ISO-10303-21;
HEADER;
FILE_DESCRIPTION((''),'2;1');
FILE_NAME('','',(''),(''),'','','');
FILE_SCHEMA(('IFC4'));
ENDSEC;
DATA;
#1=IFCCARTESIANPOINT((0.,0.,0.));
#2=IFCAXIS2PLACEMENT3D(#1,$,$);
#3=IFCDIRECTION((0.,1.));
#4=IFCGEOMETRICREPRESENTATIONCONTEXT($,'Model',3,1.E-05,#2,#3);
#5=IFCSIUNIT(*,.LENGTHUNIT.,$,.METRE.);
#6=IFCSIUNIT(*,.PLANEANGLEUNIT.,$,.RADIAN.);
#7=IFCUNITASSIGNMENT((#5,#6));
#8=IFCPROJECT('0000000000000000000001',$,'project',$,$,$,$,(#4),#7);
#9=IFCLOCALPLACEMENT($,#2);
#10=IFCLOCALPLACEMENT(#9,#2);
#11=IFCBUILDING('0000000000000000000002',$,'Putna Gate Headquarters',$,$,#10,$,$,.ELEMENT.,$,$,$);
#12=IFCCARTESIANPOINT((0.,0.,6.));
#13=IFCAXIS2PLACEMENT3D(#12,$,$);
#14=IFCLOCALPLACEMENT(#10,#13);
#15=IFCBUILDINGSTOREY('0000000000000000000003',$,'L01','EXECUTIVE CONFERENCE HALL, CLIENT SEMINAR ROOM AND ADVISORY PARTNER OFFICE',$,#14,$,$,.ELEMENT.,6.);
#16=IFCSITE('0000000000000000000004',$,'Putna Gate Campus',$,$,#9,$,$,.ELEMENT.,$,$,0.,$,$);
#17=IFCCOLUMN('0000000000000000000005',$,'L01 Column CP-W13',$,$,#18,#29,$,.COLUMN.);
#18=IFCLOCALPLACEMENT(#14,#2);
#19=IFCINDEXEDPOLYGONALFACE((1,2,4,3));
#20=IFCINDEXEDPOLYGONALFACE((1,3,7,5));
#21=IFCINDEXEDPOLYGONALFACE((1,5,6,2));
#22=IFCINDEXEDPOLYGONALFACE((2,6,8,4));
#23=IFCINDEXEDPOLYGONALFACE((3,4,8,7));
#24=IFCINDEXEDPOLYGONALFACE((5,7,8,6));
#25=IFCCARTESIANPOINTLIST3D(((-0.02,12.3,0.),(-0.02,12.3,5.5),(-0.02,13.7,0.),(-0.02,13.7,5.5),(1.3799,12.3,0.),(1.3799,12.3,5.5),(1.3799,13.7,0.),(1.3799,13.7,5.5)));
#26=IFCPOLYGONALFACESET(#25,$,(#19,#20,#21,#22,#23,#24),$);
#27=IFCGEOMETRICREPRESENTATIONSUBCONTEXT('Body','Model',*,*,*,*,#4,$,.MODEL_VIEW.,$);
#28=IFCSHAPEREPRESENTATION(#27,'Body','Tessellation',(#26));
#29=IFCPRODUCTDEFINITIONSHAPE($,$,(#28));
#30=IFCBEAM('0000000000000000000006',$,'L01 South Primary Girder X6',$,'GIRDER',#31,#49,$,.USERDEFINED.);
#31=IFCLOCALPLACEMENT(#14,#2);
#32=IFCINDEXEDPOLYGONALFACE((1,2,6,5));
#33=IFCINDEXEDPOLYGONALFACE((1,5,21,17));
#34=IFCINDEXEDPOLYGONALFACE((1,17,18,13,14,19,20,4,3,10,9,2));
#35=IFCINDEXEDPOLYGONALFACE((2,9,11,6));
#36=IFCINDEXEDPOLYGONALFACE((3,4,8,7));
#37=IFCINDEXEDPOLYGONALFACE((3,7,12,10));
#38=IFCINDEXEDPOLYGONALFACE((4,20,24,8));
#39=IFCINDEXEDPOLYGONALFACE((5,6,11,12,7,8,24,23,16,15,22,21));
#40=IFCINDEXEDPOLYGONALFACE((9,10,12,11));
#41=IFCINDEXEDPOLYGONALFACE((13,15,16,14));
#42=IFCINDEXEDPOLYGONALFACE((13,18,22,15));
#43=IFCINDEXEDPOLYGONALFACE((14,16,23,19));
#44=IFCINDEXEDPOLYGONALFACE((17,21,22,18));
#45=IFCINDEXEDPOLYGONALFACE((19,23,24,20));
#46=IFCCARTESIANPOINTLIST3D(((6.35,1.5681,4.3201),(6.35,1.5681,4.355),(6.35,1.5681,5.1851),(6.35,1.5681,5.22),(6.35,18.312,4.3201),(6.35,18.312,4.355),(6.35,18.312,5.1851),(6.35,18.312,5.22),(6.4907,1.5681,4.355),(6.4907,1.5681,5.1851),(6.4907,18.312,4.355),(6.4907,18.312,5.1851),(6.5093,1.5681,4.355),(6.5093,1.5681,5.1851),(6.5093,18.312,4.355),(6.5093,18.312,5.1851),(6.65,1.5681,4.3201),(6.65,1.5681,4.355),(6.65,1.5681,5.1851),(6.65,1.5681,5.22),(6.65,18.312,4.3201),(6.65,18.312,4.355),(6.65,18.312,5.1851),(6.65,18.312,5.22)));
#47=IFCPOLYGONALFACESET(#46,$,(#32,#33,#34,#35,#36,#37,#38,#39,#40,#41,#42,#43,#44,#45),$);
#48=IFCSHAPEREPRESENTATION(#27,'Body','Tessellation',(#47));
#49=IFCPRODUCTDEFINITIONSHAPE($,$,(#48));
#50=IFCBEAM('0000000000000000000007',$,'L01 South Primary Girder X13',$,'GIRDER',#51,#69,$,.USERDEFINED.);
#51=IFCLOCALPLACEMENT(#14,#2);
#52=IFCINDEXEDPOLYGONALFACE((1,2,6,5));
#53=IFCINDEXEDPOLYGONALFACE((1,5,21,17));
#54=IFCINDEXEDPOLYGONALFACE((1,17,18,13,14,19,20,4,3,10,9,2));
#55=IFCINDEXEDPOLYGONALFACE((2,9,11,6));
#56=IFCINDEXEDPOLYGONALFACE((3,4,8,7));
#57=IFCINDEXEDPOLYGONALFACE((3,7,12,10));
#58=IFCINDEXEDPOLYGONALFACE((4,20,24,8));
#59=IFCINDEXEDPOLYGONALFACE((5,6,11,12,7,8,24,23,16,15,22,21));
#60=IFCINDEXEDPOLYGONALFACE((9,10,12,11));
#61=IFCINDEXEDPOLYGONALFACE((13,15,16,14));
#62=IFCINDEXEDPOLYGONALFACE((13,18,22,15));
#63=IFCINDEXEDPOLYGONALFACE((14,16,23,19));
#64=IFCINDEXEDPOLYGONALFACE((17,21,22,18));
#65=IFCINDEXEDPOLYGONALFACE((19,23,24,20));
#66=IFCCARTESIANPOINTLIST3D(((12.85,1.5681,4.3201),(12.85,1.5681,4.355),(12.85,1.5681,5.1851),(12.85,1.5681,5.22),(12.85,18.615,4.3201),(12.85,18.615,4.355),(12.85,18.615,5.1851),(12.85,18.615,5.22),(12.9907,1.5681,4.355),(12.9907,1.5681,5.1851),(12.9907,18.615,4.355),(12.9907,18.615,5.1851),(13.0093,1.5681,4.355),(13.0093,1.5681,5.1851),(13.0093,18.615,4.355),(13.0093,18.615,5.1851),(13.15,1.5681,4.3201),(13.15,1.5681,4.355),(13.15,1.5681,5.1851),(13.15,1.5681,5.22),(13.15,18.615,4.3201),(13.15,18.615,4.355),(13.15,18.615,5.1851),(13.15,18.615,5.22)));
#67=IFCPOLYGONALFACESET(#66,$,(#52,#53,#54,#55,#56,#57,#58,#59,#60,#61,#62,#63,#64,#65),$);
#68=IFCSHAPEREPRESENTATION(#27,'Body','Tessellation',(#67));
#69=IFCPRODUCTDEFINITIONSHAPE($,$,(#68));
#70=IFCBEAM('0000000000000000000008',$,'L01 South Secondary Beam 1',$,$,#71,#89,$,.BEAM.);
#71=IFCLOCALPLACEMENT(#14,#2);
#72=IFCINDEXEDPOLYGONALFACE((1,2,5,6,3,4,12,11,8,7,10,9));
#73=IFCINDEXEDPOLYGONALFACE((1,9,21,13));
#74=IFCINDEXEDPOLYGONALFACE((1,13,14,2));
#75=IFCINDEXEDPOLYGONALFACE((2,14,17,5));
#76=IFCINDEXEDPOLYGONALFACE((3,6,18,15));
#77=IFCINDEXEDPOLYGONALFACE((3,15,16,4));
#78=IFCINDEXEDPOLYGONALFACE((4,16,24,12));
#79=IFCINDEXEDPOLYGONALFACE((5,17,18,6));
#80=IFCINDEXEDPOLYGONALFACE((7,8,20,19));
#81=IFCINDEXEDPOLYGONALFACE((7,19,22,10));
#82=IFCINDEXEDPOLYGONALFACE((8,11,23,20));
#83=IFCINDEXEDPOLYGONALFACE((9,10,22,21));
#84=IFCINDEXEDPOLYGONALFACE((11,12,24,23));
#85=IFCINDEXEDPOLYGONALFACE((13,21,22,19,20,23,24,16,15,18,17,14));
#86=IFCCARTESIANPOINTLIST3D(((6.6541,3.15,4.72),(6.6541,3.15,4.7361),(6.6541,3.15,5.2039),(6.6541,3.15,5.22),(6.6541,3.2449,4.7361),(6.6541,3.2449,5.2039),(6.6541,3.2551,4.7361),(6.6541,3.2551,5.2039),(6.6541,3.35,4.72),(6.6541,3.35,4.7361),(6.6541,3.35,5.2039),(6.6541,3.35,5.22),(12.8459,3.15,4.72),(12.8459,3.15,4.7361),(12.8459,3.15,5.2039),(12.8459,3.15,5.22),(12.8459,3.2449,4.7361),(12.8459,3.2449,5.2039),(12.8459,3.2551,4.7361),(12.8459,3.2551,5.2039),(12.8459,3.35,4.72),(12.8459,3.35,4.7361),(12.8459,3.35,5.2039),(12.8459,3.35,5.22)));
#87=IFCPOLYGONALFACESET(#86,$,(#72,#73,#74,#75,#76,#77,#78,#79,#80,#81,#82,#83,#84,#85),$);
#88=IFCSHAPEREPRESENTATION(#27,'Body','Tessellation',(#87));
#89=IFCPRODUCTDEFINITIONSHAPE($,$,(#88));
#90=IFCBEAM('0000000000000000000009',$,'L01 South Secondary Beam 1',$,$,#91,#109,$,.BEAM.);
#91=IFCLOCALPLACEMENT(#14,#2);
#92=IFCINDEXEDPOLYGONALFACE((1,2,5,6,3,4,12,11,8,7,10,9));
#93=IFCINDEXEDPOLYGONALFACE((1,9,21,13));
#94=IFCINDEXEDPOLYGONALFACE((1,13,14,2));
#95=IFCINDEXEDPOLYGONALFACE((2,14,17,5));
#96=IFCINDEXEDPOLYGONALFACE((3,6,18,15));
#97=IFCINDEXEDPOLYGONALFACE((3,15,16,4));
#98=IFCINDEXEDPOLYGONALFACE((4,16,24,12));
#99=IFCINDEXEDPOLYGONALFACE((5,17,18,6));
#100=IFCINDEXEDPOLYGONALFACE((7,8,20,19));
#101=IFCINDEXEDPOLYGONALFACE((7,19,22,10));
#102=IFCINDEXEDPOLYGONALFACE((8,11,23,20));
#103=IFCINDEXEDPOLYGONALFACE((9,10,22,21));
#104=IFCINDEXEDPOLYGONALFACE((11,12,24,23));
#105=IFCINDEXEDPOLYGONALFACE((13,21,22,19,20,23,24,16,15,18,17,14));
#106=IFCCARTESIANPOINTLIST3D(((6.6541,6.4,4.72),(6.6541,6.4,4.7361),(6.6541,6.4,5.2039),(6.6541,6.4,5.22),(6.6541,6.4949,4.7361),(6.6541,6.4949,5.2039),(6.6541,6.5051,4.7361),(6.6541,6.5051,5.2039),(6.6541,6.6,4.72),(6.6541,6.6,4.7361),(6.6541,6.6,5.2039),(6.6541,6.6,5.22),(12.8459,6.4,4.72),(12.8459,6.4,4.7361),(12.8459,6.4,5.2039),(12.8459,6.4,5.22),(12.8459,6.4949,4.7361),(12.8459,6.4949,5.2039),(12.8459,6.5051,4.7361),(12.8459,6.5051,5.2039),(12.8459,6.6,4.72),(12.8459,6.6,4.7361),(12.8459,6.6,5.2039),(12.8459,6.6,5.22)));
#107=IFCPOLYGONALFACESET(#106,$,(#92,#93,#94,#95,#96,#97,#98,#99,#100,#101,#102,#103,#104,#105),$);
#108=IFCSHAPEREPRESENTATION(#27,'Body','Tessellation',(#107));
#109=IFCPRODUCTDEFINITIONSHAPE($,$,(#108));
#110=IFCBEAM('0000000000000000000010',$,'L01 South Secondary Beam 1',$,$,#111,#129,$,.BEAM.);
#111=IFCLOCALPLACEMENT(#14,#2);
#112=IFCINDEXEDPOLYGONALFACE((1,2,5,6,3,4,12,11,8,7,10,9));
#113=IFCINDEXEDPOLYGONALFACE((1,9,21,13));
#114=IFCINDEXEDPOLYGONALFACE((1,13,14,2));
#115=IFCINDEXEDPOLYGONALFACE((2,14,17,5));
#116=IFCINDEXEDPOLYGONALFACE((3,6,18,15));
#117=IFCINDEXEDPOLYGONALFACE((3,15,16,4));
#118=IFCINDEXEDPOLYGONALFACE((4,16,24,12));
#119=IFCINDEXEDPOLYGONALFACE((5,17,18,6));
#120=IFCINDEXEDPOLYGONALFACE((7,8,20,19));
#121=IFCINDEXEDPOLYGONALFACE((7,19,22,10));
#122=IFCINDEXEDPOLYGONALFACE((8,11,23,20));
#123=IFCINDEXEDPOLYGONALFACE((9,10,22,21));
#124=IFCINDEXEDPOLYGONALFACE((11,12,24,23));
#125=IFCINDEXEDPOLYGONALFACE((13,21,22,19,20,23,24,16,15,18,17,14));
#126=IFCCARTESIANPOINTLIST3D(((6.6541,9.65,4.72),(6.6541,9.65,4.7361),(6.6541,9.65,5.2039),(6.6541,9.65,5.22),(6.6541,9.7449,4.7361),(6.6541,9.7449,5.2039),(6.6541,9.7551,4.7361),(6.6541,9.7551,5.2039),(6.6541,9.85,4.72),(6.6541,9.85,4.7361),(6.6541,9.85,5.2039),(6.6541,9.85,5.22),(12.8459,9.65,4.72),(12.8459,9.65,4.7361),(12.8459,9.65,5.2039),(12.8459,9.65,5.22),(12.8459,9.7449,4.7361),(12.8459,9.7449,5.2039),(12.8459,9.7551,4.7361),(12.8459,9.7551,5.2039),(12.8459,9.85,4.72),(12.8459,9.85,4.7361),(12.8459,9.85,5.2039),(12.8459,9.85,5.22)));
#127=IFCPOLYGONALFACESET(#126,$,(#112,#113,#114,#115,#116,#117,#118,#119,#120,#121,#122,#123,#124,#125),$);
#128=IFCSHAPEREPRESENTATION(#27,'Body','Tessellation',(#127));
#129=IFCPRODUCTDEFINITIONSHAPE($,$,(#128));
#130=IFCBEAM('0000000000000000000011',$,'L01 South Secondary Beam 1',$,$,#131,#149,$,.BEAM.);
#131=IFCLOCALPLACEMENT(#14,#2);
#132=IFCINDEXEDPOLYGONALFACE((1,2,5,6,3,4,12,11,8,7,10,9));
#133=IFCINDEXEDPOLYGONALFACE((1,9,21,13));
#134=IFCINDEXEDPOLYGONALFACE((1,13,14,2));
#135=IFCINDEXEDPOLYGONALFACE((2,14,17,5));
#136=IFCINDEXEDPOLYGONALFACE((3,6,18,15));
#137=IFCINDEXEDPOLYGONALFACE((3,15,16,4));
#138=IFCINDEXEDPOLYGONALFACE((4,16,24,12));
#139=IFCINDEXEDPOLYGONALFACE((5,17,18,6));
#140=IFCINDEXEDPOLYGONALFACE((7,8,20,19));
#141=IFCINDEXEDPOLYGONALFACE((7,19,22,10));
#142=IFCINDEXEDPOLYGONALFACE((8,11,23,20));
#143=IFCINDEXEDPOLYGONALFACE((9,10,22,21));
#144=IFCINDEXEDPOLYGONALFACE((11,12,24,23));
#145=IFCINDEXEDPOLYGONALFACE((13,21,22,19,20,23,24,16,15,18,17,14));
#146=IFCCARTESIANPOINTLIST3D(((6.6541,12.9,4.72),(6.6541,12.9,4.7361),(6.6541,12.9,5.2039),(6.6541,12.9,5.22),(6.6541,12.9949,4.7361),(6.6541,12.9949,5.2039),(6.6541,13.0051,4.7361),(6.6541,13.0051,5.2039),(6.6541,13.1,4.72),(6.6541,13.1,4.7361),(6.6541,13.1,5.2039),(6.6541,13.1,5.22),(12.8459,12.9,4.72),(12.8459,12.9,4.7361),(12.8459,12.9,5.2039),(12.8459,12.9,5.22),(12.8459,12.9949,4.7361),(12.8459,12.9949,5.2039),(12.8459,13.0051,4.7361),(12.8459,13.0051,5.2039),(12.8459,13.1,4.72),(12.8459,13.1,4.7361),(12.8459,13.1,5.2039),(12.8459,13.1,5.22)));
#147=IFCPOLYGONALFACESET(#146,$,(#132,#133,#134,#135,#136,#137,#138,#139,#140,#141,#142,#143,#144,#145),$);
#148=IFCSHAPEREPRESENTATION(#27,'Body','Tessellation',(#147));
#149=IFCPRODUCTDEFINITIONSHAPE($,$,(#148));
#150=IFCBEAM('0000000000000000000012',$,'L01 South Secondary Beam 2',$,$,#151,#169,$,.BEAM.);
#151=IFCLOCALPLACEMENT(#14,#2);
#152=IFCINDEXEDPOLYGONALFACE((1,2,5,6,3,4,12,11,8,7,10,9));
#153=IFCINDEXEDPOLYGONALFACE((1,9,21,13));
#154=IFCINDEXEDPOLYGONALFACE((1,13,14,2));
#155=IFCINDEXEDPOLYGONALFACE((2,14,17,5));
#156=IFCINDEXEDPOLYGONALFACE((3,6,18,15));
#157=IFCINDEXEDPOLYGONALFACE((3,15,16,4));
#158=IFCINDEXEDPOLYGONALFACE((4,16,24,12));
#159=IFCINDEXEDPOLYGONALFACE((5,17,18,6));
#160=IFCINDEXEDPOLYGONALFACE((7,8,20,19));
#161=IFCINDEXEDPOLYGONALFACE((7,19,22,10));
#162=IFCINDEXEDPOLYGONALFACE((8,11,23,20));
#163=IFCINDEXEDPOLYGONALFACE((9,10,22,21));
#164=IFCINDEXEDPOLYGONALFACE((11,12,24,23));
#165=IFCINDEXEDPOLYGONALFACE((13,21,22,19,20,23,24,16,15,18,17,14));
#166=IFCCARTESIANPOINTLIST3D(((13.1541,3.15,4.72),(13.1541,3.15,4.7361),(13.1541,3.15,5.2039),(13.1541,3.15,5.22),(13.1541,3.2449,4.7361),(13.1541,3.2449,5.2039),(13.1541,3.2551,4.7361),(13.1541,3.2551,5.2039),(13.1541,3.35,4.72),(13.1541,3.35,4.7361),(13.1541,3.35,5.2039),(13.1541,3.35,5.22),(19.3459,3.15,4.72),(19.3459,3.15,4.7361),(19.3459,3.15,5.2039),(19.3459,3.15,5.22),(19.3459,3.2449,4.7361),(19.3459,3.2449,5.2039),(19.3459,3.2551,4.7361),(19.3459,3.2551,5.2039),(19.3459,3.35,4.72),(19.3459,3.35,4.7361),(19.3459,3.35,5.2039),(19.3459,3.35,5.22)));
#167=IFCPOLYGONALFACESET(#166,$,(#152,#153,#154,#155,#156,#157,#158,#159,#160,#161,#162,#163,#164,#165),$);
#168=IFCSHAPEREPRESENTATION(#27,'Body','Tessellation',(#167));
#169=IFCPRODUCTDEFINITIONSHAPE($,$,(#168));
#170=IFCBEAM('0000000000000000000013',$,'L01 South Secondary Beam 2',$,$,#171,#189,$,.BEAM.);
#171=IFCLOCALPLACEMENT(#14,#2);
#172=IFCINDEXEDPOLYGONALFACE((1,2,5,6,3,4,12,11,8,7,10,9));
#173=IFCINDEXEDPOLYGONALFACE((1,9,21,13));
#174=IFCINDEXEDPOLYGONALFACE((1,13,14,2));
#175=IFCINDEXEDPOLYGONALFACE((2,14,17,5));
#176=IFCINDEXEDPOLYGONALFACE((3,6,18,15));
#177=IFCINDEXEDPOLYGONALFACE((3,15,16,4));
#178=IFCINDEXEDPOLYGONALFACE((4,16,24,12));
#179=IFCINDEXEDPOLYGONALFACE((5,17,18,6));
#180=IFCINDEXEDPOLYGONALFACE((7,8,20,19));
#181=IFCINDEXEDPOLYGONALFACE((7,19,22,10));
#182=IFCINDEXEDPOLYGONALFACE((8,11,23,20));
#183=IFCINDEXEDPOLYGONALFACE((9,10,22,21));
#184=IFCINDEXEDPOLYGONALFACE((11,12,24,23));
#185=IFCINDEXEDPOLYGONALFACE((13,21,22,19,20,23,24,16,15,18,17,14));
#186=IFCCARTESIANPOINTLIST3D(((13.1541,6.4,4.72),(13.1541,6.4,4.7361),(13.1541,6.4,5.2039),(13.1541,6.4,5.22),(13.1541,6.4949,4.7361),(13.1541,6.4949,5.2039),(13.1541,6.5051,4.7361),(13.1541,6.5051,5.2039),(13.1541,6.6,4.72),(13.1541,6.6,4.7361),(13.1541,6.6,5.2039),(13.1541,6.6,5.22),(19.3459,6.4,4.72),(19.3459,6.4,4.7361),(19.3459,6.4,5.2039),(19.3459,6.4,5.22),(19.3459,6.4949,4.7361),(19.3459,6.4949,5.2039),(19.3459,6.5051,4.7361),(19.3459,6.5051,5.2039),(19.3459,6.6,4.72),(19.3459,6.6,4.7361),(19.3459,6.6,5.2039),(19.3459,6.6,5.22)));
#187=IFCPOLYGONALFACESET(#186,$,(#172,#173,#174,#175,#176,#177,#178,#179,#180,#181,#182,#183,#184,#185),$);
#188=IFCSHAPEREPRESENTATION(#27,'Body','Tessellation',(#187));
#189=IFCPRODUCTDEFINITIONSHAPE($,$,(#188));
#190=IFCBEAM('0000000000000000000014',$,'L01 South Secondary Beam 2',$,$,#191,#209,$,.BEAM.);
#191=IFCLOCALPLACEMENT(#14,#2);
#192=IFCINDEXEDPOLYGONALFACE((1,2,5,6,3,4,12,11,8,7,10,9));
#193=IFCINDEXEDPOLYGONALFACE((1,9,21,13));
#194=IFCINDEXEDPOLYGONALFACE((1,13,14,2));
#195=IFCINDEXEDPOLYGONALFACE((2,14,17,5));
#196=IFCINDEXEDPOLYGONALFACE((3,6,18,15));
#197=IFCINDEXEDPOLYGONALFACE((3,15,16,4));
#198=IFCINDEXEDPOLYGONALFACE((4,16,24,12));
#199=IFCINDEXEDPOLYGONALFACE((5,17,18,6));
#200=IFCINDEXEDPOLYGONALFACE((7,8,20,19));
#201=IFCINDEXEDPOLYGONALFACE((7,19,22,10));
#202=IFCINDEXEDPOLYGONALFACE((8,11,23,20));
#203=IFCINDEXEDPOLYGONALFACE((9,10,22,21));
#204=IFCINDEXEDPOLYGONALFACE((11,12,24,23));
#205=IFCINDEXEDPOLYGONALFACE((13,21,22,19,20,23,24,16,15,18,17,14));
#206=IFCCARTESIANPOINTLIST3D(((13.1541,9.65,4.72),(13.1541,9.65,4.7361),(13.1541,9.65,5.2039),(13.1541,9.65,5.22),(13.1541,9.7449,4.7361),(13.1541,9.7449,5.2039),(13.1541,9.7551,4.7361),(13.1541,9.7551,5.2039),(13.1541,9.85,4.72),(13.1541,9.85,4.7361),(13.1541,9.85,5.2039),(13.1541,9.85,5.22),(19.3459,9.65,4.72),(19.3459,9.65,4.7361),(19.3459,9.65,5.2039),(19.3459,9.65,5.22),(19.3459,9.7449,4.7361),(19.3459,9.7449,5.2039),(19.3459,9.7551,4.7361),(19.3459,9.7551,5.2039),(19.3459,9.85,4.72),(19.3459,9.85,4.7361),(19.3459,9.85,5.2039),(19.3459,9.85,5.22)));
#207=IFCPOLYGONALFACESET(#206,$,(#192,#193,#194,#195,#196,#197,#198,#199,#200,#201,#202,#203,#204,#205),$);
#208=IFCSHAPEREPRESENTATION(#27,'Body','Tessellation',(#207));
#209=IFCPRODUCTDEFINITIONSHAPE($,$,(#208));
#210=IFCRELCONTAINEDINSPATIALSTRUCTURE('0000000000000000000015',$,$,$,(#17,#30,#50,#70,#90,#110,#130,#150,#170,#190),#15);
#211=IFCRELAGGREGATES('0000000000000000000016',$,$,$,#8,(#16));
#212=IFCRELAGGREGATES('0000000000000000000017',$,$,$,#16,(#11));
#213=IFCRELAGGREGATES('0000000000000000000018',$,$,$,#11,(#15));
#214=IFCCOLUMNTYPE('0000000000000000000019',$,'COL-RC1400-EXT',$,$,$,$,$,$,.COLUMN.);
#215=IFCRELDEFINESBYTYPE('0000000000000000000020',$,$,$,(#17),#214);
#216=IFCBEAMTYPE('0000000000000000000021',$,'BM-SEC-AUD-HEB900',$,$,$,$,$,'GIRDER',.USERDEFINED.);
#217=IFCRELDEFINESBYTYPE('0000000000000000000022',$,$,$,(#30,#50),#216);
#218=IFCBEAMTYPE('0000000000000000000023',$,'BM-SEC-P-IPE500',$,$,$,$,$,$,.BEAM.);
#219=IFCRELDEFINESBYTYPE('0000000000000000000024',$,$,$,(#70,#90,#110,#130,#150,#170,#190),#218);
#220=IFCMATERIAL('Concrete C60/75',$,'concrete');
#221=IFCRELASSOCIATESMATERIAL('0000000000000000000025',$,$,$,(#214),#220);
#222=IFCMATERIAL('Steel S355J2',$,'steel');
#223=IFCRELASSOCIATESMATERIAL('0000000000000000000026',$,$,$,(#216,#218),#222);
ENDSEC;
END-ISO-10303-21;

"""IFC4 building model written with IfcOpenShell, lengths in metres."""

from ifc_helpers import new_model, si_unit, direction, frame, origin, origin_2d, place, context, subcontext, project, spatial, rectangle, i_section, extrude, material, material_profile, profile_set, type_object, element, save


model = new_model("IFC4")

# Units and contexts
model_context = context("Model", 3, precision=1e-05, world=origin(), true_north=direction((0.0, 1.0)))
body_context = subcontext(model_context, "Body", "Model", "MODEL_VIEW")
ifc_project = project(units=[si_unit("LENGTHUNIT", "METRE"), si_unit("PLANEANGLEUNIT", "RADIAN")], contexts=[model_context])

# Site, building, storey
site_placement = place(None, origin())
site = spatial("IfcSite", under=ifc_project, at=site_placement, Name="Putna Gate Campus", CompositionType="ELEMENT", RefElevation=0.0)
building_placement = place(site_placement, origin())
building = spatial("IfcBuilding", under=site, at=building_placement, Name="Putna Gate Headquarters", CompositionType="ELEMENT")
storey_placement = place(building_placement, frame((0.0, 0.0, 6.0)))
storey = spatial("IfcBuildingStorey", under=building, at=storey_placement, Name="L01", Description="EXECUTIVE CONFERENCE HALL, CLIENT SEMINAR ROOM AND ADVISORY PARTNER OFFICE", CompositionType="ELEMENT", Elevation=6.0)

# Column
ifc_material_1 = material(Name="Concrete C60/75", Category="concrete")
ifc_material_profile_1 = material_profile(ifc_material_1, rectangle(XDim=1.3999, YDim=1.3999, at=origin_2d()), Name="Concrete C60/75")
ifc_profile_set_1 = profile_set([ifc_material_profile_1], Name="Concrete C60/75")
column_type = type_object("IfcColumnType", Name="COL-RC1400-EXT", PredefinedType="COLUMN", material=ifc_profile_set_1)
column_placement = place(storey_placement, frame((0.6799, 13.0, 0.0), z_axis=(0.0, 0.0, 1.0), x_axis=(1.0, 0.0, 0.0)))
element("IfcColumn", 1, at=column_placement, inside=storey, type_object=column_type, Name="L01 Column CP-W13", PredefinedType="COLUMN", context=body_context, shape_type="SweptSolid", body=[
    extrude(rectangle(XDim=1.3999, YDim=1.3999, at=origin_2d()), origin(), (0.0, 0.0, 1.0), 5.5),
])

# Beams
ifc_material_2 = material(Name="Steel S355J2", Category="steel")
ifc_material_profile_2 = material_profile(ifc_material_2, i_section(OverallWidth=0.3, OverallDepth=0.8999, WebThickness=0.0186, FlangeThickness=0.0349, at=origin_2d()), Name="Steel S355J2")
ifc_profile_set_2 = profile_set([ifc_material_profile_2], Name="Steel S355J2")
beam_type_1 = type_object("IfcBeamType", Name="BM-SEC-AUD-HEB900", ElementType="GIRDER", PredefinedType="USERDEFINED", material=ifc_profile_set_2)
beam_1_placement = place(storey_placement, frame((6.5, 1.5681, 4.77), z_axis=(0.0, 1.0, 0.0), x_axis=(-1.0, 0.0, 0.0)))
element("IfcBeam", 2, at=beam_1_placement, inside=storey, type_object=beam_type_1, Name="L01 South Primary Girder X6", ObjectType="GIRDER", PredefinedType="USERDEFINED", context=body_context, shape_type="SweptSolid", body=[
    extrude(i_section(OverallWidth=0.3, OverallDepth=0.8999, WebThickness=0.0186, FlangeThickness=0.0349, at=origin_2d()), origin(), (0.0, 0.0, 1.0), 16.7439),
])
beam_2_placement = place(storey_placement, frame((13.0, 1.5681, 4.77), z_axis=(0.0, 1.0, 0.0), x_axis=(-1.0, 0.0, 0.0)))
element("IfcBeam", 3, at=beam_2_placement, inside=storey, type_object=beam_type_1, Name="L01 South Primary Girder X13", ObjectType="GIRDER", PredefinedType="USERDEFINED", context=body_context, shape_type="SweptSolid", body=[
    extrude(i_section(OverallWidth=0.3, OverallDepth=0.8999, WebThickness=0.0186, FlangeThickness=0.0349, at=origin_2d()), origin(), (0.0, 0.0, 1.0), 17.0469),
])
ifc_material_profile_3 = material_profile(ifc_material_2, i_section(OverallWidth=0.2, OverallDepth=0.5, WebThickness=0.0103, FlangeThickness=0.0161, at=origin_2d()), Name="Steel S355J2")
ifc_profile_set_3 = profile_set([ifc_material_profile_3], Name="Steel S355J2")
beam_type_2 = type_object("IfcBeamType", Name="BM-SEC-P-IPE500", PredefinedType="BEAM", material=ifc_profile_set_3)
for number, where, z_axis, x_axis, name in (
    (4, (6.6541, 3.25, 4.97), (1.0, 0.0, 0.0), (0.0, 1.0, 0.0), "L01 South Secondary Beam 1"),
    (5, (6.6541, 6.5, 4.97), (1.0, 0.0, 0.0), (0.0, 1.0, 0.0), "L01 South Secondary Beam 1"),
    (6, (6.6541, 9.75, 4.97), (1.0, 0.0, 0.0), (0.0, 1.0, 0.0), "L01 South Secondary Beam 1"),
    (7, (6.6541, 13.0, 4.97), (1.0, 0.0, 0.0), (0.0, 1.0, 0.0), "L01 South Secondary Beam 1"),
    (8, (13.1541, 3.25, 4.97), (1.0, 0.0, 0.0), (0.0, 1.0, 0.0), "L01 South Secondary Beam 2"),
    (9, (13.1541, 6.5, 4.97), (1.0, 0.0, 0.0), (0.0, 1.0, 0.0), "L01 South Secondary Beam 2"),
    (10, (13.1541, 9.75, 4.97), (1.0, 0.0, 0.0), (0.0, 1.0, 0.0), "L01 South Secondary Beam 2"),
):
    element("IfcBeam", number, at=place(storey_placement, frame(where, z_axis=z_axis, x_axis=x_axis)), inside=storey, type_object=beam_type_2, Name=name, PredefinedType="BEAM", context=body_context, shape_type="SweptSolid", body=[
        extrude(i_section(OverallWidth=0.2, OverallDepth=0.5, WebThickness=0.0103, FlangeThickness=0.0161, at=origin_2d()), origin(), (0.0, 0.0, 1.0), 6.1919),
    ])

save(model, "model.ifc")
